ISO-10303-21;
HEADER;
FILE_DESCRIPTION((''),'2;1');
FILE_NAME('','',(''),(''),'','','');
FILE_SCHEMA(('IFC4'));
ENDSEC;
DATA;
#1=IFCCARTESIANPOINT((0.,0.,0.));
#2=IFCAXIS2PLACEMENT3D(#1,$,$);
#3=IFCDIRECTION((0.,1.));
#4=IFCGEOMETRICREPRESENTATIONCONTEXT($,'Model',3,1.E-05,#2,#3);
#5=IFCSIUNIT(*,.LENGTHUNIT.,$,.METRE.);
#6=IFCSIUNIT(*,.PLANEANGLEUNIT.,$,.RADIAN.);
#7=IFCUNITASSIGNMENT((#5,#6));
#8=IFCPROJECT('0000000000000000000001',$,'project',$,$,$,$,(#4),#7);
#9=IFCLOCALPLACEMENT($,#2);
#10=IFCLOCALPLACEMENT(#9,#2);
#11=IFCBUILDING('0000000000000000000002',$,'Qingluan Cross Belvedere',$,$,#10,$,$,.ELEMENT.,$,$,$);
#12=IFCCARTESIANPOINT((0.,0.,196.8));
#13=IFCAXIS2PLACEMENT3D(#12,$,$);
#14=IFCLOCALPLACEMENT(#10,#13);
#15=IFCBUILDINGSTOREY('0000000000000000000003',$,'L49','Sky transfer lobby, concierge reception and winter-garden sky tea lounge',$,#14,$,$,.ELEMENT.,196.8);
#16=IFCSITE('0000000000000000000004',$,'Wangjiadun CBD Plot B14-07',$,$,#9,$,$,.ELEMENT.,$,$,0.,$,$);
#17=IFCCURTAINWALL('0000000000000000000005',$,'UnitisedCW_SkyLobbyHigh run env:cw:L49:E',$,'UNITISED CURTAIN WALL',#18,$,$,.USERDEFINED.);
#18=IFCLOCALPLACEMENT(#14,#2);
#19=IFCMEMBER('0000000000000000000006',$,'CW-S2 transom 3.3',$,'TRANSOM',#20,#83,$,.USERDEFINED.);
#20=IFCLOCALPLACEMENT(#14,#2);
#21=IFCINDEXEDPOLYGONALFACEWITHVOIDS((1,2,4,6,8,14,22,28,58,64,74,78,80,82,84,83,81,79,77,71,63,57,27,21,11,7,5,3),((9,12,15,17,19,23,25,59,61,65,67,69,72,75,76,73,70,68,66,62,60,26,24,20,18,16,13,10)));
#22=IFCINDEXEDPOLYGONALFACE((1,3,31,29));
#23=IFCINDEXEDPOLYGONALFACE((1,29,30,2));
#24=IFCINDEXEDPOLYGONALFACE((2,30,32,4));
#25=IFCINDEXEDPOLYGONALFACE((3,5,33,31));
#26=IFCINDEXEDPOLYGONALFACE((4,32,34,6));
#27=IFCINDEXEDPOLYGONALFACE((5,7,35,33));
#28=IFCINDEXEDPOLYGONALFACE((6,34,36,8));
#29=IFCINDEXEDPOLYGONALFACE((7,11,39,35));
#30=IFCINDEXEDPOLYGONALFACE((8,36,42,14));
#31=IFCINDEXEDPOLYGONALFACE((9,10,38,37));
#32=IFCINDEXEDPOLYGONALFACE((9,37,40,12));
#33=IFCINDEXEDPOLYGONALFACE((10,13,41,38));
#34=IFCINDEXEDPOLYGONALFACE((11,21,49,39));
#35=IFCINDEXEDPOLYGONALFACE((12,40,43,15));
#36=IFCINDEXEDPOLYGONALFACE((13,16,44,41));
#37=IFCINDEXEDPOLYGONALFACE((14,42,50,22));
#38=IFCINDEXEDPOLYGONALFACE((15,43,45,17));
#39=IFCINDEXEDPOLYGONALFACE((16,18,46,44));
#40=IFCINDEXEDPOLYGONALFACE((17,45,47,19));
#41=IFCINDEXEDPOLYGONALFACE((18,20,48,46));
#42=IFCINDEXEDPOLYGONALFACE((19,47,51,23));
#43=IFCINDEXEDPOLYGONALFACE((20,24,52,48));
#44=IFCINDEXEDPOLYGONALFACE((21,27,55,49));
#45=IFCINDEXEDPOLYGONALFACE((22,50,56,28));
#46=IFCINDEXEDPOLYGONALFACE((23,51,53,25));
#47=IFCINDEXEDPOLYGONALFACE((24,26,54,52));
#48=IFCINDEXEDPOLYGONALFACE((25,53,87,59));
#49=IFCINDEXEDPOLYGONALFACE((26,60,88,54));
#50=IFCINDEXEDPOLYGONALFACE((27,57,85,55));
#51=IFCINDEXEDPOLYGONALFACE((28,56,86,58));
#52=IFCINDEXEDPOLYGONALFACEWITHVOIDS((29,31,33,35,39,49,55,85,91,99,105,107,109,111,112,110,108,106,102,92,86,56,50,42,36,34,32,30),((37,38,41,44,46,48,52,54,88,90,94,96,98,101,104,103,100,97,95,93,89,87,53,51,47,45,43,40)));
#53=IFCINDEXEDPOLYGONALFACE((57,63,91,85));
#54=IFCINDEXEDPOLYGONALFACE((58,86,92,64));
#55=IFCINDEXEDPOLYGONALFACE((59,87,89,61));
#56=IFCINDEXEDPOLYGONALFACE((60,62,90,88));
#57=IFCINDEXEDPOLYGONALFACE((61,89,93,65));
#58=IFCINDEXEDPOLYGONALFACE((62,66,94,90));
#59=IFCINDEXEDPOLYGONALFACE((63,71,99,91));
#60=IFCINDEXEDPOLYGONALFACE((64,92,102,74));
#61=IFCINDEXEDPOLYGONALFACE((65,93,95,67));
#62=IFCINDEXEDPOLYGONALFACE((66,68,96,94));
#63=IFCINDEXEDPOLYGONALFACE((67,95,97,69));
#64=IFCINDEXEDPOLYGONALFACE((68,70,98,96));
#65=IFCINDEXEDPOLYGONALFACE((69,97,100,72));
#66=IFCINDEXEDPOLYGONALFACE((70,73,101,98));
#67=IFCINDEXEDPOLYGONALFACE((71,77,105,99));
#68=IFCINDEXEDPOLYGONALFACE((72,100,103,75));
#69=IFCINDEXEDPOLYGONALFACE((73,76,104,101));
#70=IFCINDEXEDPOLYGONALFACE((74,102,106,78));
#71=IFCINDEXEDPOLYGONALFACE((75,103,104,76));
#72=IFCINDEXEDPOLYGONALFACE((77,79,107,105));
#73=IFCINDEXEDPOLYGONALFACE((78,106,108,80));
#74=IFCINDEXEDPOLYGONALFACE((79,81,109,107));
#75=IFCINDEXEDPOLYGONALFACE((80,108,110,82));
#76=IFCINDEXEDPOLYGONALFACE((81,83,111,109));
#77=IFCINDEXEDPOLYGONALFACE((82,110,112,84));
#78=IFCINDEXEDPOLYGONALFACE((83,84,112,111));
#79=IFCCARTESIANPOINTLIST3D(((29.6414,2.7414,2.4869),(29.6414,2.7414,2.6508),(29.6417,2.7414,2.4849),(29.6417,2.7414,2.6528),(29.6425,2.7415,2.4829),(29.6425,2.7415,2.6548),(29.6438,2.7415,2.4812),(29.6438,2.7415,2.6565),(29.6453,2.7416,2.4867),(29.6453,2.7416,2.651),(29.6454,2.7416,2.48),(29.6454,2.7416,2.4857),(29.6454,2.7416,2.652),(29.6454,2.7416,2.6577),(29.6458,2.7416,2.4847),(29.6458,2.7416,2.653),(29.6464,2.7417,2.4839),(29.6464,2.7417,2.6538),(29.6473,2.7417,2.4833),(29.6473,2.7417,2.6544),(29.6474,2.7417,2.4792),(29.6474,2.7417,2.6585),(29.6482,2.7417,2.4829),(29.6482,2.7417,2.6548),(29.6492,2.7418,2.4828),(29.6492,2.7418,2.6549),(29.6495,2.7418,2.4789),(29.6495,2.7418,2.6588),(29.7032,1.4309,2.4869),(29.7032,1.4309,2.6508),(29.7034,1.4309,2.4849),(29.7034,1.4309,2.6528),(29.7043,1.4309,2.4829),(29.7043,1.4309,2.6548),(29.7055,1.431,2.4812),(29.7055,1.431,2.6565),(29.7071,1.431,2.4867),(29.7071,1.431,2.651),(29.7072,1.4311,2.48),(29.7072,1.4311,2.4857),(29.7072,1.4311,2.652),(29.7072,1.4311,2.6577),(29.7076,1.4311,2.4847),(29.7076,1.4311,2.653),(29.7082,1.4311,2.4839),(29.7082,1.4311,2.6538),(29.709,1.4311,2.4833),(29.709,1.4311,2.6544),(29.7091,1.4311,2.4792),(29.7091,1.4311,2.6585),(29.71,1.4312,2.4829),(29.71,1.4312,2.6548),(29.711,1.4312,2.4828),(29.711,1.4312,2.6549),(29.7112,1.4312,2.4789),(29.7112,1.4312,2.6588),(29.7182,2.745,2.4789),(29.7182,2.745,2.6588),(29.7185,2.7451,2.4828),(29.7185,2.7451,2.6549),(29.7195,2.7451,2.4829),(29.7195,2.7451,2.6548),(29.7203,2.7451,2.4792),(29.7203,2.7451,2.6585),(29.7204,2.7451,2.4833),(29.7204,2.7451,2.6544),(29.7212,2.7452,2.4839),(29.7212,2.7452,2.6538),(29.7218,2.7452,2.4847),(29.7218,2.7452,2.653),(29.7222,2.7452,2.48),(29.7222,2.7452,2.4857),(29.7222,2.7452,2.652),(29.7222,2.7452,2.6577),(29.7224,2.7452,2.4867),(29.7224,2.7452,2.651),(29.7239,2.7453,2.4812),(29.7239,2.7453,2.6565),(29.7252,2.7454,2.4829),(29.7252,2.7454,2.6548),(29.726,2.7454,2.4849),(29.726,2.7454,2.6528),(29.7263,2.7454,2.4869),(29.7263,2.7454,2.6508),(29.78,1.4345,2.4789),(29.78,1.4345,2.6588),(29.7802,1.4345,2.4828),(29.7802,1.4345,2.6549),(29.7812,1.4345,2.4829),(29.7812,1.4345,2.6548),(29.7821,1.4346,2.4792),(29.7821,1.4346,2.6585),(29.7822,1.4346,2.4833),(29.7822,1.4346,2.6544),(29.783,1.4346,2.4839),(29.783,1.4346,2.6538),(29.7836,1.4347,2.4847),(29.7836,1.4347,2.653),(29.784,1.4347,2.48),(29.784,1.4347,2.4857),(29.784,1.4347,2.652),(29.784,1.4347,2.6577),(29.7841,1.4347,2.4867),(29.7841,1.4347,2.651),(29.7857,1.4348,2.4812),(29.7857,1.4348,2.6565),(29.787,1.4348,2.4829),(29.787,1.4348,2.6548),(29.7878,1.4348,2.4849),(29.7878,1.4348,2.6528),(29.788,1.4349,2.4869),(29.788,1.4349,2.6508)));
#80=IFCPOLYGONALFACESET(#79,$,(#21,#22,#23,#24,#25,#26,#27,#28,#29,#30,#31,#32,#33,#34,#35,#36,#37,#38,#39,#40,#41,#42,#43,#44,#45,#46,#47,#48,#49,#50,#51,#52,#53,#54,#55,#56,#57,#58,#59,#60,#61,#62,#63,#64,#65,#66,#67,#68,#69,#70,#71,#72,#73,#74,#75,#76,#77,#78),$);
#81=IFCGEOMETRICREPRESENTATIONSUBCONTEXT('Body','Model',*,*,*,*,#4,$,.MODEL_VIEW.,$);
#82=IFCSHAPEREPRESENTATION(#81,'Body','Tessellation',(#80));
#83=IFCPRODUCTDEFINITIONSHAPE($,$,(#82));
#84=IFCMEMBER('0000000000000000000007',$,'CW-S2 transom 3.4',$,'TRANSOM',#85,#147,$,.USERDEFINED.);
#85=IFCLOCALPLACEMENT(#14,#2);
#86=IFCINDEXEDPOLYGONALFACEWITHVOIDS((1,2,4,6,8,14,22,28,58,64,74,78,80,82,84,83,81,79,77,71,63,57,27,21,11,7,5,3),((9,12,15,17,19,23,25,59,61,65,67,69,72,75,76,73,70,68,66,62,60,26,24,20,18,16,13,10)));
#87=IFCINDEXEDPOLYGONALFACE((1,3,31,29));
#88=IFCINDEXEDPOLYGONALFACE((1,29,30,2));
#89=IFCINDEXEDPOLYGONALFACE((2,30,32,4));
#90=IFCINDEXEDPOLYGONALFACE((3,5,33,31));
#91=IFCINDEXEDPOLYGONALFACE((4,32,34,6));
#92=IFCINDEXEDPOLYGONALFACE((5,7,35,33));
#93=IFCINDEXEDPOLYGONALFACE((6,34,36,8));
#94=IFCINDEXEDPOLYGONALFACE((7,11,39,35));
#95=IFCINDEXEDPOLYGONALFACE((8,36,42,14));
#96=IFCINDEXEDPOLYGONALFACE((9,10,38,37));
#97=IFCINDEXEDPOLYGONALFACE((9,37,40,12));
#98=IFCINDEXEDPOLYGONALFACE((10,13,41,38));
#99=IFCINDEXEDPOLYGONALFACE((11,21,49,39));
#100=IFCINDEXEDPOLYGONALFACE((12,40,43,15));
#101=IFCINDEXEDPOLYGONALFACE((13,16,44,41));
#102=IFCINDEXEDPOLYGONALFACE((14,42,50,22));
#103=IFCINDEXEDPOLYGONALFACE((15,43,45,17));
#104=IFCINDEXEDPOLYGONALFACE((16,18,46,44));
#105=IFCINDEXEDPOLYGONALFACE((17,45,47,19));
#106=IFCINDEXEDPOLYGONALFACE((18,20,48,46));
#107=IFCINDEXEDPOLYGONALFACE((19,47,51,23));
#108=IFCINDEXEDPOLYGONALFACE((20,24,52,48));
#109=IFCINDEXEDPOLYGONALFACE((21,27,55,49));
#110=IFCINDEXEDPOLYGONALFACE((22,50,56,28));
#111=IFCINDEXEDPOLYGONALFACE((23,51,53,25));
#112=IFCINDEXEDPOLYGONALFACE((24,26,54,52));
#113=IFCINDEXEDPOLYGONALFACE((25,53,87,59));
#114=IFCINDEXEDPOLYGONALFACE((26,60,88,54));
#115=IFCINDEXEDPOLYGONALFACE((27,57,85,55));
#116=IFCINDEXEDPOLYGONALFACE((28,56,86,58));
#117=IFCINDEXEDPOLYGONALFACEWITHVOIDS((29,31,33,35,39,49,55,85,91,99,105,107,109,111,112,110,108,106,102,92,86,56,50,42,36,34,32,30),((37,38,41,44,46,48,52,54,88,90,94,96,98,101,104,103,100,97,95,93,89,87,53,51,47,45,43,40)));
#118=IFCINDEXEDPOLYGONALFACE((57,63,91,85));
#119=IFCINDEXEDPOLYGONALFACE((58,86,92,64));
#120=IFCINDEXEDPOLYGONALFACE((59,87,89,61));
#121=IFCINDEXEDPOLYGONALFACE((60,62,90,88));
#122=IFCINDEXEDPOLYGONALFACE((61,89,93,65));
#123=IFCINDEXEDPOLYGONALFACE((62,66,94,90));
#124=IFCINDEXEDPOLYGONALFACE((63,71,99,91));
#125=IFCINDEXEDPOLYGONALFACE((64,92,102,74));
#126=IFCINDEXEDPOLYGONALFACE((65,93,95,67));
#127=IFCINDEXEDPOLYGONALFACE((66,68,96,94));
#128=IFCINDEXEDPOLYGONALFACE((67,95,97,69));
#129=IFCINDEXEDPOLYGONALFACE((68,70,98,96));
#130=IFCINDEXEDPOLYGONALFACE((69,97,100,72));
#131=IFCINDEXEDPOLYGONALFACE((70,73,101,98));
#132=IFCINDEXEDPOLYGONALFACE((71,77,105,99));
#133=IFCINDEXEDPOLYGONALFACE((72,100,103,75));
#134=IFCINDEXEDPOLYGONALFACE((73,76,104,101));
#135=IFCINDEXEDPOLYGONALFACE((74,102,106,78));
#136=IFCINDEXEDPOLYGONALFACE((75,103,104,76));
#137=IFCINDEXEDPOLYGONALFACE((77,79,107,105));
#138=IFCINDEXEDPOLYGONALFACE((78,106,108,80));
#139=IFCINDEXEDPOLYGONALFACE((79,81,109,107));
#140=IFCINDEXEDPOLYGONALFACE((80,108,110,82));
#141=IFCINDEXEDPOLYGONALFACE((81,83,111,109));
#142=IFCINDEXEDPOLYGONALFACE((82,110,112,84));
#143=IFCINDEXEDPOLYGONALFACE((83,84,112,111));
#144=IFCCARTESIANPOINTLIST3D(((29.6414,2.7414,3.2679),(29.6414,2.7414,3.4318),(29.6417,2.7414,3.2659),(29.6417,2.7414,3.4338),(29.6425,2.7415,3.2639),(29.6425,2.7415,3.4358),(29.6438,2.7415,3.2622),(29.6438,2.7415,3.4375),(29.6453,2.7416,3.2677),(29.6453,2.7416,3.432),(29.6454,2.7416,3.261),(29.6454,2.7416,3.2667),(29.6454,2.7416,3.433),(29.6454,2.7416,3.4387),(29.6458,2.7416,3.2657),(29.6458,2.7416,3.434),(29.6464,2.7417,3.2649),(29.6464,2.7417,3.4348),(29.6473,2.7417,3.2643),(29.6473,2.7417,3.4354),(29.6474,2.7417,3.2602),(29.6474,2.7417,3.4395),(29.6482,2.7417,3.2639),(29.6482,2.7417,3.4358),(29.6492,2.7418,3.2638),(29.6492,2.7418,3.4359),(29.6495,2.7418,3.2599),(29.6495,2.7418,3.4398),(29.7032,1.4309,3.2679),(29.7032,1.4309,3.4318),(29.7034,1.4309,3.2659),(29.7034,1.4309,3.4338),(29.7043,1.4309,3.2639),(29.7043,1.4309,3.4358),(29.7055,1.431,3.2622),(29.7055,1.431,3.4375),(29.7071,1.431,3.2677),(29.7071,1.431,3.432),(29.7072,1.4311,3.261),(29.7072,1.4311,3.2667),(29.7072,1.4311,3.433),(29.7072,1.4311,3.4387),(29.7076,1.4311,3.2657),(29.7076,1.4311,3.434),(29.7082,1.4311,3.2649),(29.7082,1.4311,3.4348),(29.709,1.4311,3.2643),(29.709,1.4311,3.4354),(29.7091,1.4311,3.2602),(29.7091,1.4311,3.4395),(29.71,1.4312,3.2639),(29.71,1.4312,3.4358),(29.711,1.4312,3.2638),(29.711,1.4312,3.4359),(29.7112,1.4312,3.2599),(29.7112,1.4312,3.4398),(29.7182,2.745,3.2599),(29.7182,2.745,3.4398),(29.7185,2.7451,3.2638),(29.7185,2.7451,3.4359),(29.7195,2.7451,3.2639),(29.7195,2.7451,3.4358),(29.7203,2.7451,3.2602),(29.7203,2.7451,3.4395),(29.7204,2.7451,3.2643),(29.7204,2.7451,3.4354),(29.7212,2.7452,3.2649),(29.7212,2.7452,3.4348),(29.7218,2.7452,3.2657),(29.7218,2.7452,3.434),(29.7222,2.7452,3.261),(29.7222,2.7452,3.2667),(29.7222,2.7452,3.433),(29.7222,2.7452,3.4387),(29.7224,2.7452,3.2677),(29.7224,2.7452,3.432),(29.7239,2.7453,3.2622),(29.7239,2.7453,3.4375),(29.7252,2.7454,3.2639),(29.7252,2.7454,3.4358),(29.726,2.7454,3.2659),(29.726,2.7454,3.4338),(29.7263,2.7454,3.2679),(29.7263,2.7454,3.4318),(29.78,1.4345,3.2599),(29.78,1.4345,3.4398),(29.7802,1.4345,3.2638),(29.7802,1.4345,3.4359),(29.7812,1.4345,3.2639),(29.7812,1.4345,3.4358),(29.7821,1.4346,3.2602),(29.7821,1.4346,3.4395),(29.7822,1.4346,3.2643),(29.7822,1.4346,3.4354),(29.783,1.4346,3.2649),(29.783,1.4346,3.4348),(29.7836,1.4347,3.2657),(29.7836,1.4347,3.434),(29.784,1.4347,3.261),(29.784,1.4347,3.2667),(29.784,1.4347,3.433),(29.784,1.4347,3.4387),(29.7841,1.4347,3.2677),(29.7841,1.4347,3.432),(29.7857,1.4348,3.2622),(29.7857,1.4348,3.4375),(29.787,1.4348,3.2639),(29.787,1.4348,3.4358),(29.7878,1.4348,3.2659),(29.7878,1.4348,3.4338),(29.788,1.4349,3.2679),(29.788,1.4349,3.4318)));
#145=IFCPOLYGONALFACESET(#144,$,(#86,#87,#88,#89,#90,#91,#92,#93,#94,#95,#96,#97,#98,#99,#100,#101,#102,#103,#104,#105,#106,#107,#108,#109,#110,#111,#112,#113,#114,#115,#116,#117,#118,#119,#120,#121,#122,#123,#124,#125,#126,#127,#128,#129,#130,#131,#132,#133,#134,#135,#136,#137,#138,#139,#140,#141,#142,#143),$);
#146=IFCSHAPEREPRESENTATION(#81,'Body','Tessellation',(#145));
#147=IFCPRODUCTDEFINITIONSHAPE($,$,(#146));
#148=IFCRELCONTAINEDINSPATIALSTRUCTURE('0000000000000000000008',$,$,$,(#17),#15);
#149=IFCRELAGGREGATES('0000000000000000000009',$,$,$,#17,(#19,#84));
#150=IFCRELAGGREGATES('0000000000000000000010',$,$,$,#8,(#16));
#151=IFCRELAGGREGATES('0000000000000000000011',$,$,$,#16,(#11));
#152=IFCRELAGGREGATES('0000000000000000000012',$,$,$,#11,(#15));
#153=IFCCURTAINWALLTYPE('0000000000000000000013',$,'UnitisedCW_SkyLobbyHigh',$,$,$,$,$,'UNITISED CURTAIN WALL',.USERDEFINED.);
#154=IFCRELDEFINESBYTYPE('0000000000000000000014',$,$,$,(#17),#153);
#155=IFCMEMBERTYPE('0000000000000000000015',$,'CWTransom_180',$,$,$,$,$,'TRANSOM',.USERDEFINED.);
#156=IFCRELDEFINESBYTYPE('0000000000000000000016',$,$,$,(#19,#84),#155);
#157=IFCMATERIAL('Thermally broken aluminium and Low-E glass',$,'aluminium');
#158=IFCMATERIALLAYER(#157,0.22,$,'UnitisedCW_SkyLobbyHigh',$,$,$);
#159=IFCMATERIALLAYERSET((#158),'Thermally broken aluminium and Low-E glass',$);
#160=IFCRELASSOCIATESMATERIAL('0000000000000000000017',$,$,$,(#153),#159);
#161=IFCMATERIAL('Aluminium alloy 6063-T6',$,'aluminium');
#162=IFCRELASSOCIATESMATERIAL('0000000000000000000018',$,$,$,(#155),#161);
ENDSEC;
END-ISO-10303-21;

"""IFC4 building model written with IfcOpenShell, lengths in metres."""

from ifc_helpers import new_model, si_unit, direction, frame, origin, origin_2d, place, context, subcontext, project, spatial, hollow_rectangle, extrude, material, layer, layer_set, material_profile, profile_set, type_object, element, aggregate, save


model = new_model("IFC4")

# Units and contexts
model_context = context("Model", 3, precision=1e-05, world=origin(), true_north=direction((0.0, 1.0)))
body_context = subcontext(model_context, "Body", "Model", "MODEL_VIEW")
ifc_project = project(units=[si_unit("LENGTHUNIT", "METRE"), si_unit("PLANEANGLEUNIT", "RADIAN")], contexts=[model_context])

# Site, building, storey
site_placement = place(None, origin())
site = spatial("IfcSite", under=ifc_project, at=site_placement, Name="Wangjiadun CBD Plot B14-07", CompositionType="ELEMENT", RefElevation=0.0)
building_placement = place(site_placement, origin())
building = spatial("IfcBuilding", under=site, at=building_placement, Name="Qingluan Cross Belvedere", CompositionType="ELEMENT")
storey_placement = place(building_placement, frame((0.0, 0.0, 196.8)))
storey = spatial("IfcBuildingStorey", under=building, at=storey_placement, Name="L49", Description="Sky transfer lobby, concierge reception and winter-garden sky tea lounge", CompositionType="ELEMENT", Elevation=196.8)

# Curtain wall, members
ifc_material_1 = material(Name="Thermally broken aluminium and Low-E glass", Category="aluminium")
ifc_layer_1 = layer(ifc_material_1, 0.22, Name="UnitisedCW_SkyLobbyHigh")
ifc_layer_set_1 = layer_set([ifc_layer_1], Name="Thermally broken aluminium and Low-E glass")
curtain_wall_type = type_object("IfcCurtainWallType", Name="UnitisedCW_SkyLobbyHigh", ElementType="UNITISED CURTAIN WALL", PredefinedType="USERDEFINED", material=ifc_layer_set_1)
curtain_wall_placement = place(storey_placement, origin())
curtain_wall = element("IfcCurtainWall", 1, at=curtain_wall_placement, inside=storey, type_object=curtain_wall_type, Name="UnitisedCW_SkyLobbyHigh run env:cw:L49:E", ObjectType="UNITISED CURTAIN WALL", PredefinedType="USERDEFINED")
ifc_material_2 = material(Name="Aluminium alloy 6063-T6", Category="aluminium")
ifc_material_profile_1 = material_profile(ifc_material_2, hollow_rectangle(XDim=0.085, YDim=0.1799, WallThickness=0.0039, InnerFilletRadius=0.0039, OuterFilletRadius=0.0081, at=origin_2d()), Name="CWT180x85x4")
ifc_profile_set_1 = profile_set([ifc_material_profile_1], Name="Aluminium alloy 6063-T6")
member_type_1 = type_object("IfcMemberType", Name="CWTransom_180", ElementType="TRANSOM", PredefinedType="USERDEFINED", material=ifc_profile_set_1)
member_1_placement = place(storey_placement, frame((29.7456, 1.4329, 2.5688), z_axis=(-0.047079, 0.998891, 0.0), x_axis=(-0.998891, -0.047079, 0.0)))
member_1 = element("IfcMember", 2, at=member_1_placement, type_object=member_type_1, Name="CW-S2 transom 3.3", ObjectType="TRANSOM", PredefinedType="USERDEFINED", context=body_context, shape_type="SweptSolid", body=[
    extrude(hollow_rectangle(XDim=0.085, YDim=0.1799, WallThickness=0.0039, InnerFilletRadius=0.0039, OuterFilletRadius=0.0081, at=origin_2d()), origin(), (0.0, 0.0, 1.0), 1.312),
])
member_2_placement = place(storey_placement, frame((29.7456, 1.4329, 3.3499), z_axis=(-0.047079, 0.998891, 0.0), x_axis=(-0.998891, -0.047079, 0.0)))
member_2 = element("IfcMember", 3, at=member_2_placement, type_object=member_type_1, Name="CW-S2 transom 3.4", ObjectType="TRANSOM", PredefinedType="USERDEFINED", context=body_context, shape_type="SweptSolid", body=[
    extrude(hollow_rectangle(XDim=0.085, YDim=0.1799, WallThickness=0.0039, InnerFilletRadius=0.0039, OuterFilletRadius=0.0081, at=origin_2d()), origin(), (0.0, 0.0, 1.0), 1.312),
])
aggregate(curtain_wall, [member_1, member_2])

save(model, "model.ifc")
